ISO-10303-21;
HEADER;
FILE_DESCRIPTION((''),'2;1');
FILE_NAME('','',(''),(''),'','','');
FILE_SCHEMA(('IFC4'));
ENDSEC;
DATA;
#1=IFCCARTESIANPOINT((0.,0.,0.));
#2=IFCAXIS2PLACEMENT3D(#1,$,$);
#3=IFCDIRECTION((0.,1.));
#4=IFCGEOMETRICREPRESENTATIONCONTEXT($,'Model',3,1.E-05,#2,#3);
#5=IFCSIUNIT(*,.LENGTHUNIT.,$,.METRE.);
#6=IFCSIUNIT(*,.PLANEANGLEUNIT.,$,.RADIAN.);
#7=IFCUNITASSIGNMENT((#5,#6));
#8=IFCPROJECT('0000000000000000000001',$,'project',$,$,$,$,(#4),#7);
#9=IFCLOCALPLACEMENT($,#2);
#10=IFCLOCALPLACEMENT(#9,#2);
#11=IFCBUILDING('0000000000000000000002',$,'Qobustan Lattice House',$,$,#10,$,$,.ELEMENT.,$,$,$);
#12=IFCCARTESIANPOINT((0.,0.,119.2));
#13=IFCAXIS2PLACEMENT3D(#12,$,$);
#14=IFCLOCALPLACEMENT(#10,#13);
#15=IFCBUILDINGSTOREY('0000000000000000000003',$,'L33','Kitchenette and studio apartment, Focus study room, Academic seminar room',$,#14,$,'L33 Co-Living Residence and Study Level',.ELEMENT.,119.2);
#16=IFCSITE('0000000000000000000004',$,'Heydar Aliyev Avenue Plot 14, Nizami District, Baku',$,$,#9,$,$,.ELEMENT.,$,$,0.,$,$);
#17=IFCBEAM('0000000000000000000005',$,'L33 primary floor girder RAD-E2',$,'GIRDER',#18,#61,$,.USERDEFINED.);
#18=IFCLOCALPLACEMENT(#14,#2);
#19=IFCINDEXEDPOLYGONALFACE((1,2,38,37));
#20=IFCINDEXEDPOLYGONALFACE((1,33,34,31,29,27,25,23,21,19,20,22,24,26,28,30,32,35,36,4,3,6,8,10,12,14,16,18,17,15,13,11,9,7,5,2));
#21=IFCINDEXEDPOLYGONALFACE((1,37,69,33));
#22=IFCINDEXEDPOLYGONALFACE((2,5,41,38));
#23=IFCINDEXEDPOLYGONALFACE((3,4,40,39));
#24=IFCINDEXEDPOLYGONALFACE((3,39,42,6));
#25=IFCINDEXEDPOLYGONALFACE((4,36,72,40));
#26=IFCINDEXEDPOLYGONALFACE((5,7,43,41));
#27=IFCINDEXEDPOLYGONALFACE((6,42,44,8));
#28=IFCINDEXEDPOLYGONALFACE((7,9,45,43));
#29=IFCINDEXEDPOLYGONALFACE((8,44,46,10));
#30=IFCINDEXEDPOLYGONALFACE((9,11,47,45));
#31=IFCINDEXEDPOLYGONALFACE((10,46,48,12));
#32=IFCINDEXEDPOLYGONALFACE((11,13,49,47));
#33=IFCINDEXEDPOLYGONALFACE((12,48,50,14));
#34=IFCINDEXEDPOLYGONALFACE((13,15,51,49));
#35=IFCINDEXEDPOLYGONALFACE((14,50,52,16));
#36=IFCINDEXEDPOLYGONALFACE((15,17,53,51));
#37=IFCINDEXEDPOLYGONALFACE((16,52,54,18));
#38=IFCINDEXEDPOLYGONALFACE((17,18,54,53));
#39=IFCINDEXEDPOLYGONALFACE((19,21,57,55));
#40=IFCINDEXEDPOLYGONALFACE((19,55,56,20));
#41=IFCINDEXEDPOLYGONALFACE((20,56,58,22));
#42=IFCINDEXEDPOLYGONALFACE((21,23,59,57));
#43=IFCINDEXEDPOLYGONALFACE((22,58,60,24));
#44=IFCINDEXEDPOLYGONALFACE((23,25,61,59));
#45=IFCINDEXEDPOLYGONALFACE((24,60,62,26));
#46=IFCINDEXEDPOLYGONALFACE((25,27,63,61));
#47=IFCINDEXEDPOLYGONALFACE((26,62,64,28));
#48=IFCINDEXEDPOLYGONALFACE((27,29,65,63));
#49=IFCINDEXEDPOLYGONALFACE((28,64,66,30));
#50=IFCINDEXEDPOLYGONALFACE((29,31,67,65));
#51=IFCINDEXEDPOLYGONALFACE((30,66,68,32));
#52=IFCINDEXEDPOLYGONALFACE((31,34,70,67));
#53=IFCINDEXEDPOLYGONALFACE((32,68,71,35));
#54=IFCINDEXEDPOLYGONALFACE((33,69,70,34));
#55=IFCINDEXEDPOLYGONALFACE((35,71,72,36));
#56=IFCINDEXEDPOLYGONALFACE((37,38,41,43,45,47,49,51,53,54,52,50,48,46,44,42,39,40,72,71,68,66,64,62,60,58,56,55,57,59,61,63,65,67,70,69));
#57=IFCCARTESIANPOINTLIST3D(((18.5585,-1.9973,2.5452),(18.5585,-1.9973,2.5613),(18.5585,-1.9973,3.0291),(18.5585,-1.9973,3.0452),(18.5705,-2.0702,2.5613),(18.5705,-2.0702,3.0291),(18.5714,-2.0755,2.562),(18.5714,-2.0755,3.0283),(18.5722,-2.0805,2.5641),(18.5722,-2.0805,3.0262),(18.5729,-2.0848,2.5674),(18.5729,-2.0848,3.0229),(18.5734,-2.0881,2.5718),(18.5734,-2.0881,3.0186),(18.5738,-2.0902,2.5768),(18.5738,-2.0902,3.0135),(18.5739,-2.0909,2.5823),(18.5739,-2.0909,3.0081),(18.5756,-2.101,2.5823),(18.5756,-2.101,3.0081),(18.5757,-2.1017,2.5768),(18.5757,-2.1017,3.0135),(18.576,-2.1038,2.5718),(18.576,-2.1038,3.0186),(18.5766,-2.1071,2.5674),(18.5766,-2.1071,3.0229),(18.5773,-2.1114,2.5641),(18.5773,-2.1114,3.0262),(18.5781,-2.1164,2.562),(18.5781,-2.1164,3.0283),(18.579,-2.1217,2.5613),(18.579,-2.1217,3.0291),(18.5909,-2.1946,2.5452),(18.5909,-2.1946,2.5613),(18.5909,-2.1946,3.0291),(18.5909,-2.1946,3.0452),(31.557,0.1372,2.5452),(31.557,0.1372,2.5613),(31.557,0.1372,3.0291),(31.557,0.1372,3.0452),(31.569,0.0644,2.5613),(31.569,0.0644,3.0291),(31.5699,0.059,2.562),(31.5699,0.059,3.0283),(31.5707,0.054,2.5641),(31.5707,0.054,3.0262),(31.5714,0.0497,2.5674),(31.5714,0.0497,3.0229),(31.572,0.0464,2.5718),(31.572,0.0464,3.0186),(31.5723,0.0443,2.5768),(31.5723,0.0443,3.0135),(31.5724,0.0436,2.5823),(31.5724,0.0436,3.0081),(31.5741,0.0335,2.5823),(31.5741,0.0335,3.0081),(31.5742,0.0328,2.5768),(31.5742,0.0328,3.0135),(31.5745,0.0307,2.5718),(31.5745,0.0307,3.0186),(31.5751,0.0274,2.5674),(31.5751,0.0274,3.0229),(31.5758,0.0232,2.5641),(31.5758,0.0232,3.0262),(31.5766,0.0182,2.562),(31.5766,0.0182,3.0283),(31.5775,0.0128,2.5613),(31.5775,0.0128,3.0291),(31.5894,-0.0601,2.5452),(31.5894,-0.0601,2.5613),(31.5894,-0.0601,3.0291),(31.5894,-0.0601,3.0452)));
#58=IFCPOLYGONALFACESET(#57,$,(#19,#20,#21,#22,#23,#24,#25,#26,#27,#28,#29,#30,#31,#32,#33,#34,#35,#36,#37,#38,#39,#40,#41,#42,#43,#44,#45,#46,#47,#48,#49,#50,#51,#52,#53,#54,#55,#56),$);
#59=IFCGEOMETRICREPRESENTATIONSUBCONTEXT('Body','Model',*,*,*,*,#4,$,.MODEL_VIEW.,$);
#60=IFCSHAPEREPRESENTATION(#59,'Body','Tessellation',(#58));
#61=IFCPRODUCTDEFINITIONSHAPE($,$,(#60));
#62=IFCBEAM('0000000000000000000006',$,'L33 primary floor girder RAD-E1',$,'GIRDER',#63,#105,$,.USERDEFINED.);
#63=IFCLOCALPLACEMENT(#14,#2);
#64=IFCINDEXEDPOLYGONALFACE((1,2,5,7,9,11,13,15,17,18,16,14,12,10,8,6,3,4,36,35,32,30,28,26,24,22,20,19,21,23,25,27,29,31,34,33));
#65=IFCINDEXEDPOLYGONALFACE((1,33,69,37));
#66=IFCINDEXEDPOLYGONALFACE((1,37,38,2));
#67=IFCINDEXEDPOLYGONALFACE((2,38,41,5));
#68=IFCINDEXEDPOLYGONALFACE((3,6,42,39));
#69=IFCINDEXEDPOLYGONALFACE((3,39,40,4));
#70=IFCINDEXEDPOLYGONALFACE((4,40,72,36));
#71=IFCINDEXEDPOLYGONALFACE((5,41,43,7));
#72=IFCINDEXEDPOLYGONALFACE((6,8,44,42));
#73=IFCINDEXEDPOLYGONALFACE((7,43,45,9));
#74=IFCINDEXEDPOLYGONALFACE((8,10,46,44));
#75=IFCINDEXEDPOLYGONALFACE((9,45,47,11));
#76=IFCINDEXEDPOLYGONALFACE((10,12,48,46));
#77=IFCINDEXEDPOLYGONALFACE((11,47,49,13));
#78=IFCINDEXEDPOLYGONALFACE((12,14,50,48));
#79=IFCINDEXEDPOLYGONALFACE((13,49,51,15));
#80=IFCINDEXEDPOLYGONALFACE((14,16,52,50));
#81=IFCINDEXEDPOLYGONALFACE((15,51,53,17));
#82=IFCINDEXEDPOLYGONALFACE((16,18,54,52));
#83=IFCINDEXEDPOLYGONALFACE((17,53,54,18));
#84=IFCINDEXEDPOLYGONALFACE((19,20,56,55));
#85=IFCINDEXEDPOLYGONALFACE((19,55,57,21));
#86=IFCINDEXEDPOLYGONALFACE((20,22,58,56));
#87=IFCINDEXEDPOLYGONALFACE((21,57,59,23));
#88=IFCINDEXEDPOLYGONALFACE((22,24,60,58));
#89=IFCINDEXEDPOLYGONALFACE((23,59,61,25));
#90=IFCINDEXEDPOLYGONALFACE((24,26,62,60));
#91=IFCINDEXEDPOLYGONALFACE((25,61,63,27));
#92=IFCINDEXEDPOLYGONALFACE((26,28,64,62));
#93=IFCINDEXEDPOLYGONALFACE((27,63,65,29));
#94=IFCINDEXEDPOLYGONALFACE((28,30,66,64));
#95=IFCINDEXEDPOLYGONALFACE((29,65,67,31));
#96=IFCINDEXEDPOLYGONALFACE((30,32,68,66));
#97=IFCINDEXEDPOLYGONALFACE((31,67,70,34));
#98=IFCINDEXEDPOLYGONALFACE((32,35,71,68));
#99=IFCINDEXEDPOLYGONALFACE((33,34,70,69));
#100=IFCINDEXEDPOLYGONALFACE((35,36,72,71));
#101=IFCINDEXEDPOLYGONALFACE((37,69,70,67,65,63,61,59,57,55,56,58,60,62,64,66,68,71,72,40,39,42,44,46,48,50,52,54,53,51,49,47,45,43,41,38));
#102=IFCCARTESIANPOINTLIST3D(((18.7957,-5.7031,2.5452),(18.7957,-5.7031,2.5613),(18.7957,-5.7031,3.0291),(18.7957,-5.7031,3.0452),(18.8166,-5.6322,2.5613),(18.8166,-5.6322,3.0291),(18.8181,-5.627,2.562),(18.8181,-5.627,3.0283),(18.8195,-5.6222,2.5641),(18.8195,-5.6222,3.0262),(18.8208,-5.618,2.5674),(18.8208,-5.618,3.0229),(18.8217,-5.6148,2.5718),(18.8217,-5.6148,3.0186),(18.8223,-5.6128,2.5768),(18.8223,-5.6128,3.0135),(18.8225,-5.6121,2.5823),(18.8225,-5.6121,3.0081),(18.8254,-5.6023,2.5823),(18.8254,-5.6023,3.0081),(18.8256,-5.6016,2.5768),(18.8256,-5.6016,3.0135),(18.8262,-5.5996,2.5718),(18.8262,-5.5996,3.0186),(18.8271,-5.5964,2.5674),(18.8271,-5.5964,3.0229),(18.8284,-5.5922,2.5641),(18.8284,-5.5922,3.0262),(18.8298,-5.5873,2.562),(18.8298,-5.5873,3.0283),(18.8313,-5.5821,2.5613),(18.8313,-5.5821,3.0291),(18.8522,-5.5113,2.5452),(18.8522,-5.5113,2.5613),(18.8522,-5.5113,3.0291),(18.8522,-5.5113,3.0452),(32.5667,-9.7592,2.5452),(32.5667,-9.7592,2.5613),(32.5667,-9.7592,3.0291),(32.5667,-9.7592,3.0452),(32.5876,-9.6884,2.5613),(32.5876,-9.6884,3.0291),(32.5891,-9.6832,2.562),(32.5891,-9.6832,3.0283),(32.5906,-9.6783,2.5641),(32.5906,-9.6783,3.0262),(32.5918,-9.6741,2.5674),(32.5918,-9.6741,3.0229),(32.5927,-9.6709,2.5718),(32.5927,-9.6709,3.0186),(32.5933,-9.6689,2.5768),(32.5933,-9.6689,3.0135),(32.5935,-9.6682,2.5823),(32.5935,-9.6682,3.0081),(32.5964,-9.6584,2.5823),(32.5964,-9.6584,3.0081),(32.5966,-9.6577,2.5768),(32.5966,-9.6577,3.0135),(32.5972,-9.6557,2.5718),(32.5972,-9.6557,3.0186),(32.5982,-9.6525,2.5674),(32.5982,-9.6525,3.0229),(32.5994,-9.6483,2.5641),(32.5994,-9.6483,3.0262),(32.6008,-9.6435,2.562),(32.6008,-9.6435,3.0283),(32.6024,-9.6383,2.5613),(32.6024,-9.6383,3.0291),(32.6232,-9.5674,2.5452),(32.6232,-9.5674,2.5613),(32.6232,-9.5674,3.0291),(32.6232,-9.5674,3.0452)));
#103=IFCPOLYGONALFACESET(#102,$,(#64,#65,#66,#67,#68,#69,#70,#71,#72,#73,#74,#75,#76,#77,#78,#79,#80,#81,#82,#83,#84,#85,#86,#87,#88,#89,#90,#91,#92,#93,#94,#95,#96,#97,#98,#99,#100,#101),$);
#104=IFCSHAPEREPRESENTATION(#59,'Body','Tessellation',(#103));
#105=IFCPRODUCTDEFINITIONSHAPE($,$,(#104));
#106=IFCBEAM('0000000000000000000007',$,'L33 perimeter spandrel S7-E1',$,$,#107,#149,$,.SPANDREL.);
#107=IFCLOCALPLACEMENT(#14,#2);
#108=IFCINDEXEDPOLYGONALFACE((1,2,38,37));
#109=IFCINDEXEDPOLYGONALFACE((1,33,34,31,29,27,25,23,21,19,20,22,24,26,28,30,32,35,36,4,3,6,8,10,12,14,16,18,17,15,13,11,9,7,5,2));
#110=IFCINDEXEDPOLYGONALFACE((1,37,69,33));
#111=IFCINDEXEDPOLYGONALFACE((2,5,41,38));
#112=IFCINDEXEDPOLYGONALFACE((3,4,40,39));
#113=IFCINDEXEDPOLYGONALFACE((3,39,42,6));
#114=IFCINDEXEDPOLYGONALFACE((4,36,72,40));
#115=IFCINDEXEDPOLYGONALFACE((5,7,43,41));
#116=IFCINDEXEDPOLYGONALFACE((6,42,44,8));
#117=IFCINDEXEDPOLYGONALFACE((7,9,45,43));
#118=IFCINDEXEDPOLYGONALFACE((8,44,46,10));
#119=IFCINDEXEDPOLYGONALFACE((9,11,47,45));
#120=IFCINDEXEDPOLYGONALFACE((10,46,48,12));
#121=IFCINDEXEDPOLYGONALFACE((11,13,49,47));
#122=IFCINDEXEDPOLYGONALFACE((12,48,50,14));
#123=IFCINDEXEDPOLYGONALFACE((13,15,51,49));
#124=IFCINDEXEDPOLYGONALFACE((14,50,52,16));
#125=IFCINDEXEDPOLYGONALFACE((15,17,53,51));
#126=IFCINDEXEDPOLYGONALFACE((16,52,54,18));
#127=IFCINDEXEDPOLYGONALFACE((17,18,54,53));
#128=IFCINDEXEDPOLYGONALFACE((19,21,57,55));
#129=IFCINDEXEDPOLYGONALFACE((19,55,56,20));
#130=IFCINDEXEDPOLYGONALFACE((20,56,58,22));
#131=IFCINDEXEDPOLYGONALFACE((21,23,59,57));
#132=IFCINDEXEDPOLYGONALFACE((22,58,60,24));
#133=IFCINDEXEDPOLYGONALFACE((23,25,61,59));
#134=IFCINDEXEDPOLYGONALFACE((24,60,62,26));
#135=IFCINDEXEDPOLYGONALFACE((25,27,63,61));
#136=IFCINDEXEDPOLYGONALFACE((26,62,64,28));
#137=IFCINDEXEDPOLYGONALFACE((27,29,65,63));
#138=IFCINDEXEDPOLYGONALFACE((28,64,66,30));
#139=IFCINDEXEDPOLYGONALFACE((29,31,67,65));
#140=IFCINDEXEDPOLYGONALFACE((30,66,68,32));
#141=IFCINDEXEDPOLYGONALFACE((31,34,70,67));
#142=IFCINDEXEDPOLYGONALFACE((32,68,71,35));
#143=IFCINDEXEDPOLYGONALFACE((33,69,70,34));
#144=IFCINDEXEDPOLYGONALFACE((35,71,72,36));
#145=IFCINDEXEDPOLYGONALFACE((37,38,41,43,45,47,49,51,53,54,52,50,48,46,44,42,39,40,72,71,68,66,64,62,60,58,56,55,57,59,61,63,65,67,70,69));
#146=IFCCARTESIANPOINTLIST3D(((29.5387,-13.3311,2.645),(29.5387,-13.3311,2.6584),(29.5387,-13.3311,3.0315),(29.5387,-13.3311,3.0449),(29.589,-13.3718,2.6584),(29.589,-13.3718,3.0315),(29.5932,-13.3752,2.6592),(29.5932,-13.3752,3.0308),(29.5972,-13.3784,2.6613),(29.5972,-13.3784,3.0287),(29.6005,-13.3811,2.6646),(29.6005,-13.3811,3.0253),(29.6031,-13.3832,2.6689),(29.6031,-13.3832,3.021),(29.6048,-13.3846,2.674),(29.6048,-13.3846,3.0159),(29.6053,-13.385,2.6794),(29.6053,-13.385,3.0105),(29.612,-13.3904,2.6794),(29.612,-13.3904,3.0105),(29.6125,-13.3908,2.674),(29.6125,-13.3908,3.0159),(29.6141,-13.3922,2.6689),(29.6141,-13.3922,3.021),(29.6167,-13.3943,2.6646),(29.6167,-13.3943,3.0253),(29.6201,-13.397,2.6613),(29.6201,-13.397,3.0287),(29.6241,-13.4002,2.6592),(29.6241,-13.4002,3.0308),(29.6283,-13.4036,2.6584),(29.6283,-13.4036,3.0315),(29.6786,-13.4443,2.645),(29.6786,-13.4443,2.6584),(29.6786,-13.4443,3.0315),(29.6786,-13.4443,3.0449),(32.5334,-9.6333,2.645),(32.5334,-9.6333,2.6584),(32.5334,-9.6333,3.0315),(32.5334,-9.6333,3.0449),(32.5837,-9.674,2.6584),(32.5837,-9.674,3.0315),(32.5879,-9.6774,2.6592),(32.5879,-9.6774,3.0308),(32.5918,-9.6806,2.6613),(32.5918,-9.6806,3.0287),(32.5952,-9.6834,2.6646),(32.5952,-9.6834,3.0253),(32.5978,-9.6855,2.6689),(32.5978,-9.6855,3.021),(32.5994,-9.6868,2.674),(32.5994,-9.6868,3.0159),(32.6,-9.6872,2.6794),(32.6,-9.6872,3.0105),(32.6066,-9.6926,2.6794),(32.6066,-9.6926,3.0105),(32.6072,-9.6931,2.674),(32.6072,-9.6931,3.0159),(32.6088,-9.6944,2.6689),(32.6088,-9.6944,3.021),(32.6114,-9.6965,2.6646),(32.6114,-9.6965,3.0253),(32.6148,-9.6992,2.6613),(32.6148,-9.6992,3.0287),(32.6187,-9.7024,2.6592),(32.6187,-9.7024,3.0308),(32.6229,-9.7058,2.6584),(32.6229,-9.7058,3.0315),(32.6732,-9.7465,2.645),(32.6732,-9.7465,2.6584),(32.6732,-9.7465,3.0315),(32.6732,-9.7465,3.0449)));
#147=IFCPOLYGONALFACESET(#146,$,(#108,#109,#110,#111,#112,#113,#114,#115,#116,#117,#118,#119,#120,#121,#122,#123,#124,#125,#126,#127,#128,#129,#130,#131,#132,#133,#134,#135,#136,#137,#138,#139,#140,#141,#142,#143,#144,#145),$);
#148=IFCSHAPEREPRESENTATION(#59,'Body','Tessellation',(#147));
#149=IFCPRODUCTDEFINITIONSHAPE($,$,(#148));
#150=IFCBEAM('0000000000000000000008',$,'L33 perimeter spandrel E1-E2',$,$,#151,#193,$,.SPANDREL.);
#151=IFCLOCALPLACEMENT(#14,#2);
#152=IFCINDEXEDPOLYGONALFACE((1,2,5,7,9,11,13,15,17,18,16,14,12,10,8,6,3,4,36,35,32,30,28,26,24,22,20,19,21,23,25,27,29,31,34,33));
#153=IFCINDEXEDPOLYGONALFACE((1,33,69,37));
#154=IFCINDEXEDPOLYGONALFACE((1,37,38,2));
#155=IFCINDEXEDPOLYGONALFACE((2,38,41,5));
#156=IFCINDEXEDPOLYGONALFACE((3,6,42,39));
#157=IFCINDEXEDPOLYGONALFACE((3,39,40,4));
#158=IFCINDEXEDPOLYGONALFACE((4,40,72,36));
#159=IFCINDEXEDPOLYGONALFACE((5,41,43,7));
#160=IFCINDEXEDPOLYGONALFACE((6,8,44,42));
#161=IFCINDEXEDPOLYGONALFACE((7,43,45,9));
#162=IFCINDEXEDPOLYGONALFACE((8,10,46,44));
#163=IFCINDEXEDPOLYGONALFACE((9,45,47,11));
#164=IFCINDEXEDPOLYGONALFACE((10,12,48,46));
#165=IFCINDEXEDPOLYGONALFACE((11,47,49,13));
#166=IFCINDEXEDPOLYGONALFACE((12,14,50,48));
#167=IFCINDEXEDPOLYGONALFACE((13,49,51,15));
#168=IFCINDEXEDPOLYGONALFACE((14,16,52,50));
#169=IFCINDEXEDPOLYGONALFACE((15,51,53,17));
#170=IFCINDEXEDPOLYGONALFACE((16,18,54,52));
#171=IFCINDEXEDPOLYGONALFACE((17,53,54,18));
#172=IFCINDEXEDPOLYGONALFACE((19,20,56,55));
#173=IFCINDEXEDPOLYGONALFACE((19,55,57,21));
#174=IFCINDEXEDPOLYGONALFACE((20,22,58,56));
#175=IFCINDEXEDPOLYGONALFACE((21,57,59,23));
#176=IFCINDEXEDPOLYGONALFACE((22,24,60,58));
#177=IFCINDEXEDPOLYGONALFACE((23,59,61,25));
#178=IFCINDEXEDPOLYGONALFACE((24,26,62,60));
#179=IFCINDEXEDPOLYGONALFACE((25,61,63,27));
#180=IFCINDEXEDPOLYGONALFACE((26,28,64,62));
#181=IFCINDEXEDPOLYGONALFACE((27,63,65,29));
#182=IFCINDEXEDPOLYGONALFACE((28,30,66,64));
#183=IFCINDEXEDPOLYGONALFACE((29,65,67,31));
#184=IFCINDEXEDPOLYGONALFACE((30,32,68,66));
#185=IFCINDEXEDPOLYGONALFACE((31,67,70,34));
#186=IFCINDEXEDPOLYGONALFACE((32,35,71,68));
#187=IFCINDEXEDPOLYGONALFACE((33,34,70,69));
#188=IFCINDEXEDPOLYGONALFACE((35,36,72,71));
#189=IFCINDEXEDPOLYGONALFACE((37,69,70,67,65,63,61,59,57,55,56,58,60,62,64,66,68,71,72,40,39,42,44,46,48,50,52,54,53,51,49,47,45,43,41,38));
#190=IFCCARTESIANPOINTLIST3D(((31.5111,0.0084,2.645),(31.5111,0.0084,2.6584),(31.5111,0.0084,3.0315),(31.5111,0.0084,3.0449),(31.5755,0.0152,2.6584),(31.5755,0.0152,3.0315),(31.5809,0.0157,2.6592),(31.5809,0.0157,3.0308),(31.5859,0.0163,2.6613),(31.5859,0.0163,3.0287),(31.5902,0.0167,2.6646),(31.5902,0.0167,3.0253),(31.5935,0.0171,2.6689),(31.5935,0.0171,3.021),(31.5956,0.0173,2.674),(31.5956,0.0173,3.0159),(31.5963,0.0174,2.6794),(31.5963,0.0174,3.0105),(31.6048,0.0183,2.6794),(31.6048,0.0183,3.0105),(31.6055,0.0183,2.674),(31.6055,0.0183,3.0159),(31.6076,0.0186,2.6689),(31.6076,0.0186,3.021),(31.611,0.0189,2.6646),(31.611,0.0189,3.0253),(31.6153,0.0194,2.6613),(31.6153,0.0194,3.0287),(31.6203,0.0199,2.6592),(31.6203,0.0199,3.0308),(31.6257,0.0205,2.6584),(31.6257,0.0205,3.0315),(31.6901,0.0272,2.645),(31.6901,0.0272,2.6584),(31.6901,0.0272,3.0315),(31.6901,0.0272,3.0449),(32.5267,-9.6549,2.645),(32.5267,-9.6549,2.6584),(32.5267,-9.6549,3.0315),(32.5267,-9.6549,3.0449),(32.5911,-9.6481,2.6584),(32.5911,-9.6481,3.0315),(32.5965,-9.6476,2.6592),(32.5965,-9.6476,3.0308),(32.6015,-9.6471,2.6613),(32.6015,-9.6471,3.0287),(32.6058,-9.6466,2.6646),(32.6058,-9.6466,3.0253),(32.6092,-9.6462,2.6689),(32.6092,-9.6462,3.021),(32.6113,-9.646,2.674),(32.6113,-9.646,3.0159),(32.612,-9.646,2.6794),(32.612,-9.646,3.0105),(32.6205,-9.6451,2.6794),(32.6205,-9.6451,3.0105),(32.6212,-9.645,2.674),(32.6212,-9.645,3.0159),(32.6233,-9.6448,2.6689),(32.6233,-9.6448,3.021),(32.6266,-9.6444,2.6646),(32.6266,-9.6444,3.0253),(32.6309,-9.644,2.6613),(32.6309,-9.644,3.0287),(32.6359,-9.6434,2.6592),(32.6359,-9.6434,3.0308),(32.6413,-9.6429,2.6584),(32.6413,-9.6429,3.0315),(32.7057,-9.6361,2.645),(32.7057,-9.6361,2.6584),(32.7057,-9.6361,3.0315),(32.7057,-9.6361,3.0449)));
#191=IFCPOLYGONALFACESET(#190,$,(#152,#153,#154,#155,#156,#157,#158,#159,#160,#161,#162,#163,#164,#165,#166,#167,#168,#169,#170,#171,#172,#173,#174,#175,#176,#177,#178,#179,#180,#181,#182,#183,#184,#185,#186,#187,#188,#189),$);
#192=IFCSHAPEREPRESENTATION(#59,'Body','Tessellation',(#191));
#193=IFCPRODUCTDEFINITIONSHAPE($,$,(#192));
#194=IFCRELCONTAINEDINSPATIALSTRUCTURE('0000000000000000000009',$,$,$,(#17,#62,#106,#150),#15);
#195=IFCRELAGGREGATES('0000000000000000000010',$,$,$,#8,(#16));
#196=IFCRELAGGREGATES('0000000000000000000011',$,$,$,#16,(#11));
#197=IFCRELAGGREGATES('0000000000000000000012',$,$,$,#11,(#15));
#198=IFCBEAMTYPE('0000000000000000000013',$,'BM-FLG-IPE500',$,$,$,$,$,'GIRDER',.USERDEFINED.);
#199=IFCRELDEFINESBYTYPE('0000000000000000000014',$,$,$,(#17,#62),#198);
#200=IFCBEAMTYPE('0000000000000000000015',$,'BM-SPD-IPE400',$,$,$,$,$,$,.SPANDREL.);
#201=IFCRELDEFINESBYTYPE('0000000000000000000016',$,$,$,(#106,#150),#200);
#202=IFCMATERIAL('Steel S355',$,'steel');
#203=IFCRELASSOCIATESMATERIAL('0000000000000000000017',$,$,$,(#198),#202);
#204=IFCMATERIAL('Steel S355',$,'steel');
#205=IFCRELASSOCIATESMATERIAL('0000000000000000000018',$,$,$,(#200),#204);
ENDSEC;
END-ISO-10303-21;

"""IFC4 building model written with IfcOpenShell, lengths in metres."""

from ifc_helpers import new_model, si_unit, direction, frame, origin, origin_2d, place, context, subcontext, project, spatial, i_section, extrude, material, material_profile, profile_set, type_object, element, save


model = new_model("IFC4")

# Units and contexts
model_context = context("Model", 3, precision=1e-05, world=origin(), true_north=direction((0.0, 1.0)))
body_context = subcontext(model_context, "Body", "Model", "MODEL_VIEW")
ifc_project = project(units=[si_unit("LENGTHUNIT", "METRE"), si_unit("PLANEANGLEUNIT", "RADIAN")], contexts=[model_context])

# Site, building, storey
site_placement = place(None, origin())
site = spatial("IfcSite", under=ifc_project, at=site_placement, Name="Heydar Aliyev Avenue Plot 14, Nizami District, Baku", CompositionType="ELEMENT", RefElevation=0.0)
building_placement = place(site_placement, origin())
building = spatial("IfcBuilding", under=site, at=building_placement, Name="Qobustan Lattice House", CompositionType="ELEMENT")
storey_placement = place(building_placement, frame((0.0, 0.0, 119.2)))
storey = spatial("IfcBuildingStorey", under=building, at=storey_placement, Name="L33", Description="Kitchenette and studio apartment, Focus study room, Academic seminar room", LongName="L33 Co-Living Residence and Study Level", CompositionType="ELEMENT", Elevation=119.2)

# Beams
ifc_material_1 = material(Name="Steel S355", Category="steel")
ifc_material_profile_1 = material_profile(ifc_material_1, i_section(OverallWidth=0.2, OverallDepth=0.5, WebThickness=0.0103, FlangeThickness=0.0161, FilletRadius=0.021, at=origin_2d()), Name="IPE500")
ifc_profile_set_1 = profile_set([ifc_material_profile_1], Name="Steel S355")
beam_type_1 = type_object("IfcBeamType", Name="BM-FLG-IPE500", ElementType="GIRDER", PredefinedType="USERDEFINED", material=ifc_profile_set_1)
beam_1_placement = place(storey_placement, frame((31.5732, 0.0386, 2.7952), z_axis=(-0.986784, -0.162042, 0.0), x_axis=(0.162042, -0.986784, 0.0)))
element("IfcBeam", 1, at=beam_1_placement, inside=storey, type_object=beam_type_1, Name="L33 primary floor girder RAD-E2", ObjectType="GIRDER", PredefinedType="USERDEFINED", context=body_context, shape_type="SweptSolid", body=[
    extrude(i_section(OverallWidth=0.2, OverallDepth=0.5, WebThickness=0.0103, FlangeThickness=0.0161, FilletRadius=0.021, at=origin_2d()), origin(), (0.0, 0.0, 1.0), 13.1726),
])
beam_2_placement = place(storey_placement, frame((32.595, -9.6633, 2.7952), z_axis=(-0.959255, 0.282542, 0.0), x_axis=(-0.282542, -0.959255, 0.0)))
element("IfcBeam", 2, at=beam_2_placement, inside=storey, type_object=beam_type_1, Name="L33 primary floor girder RAD-E1", ObjectType="GIRDER", PredefinedType="USERDEFINED", context=body_context, shape_type="SweptSolid", body=[
    extrude(i_section(OverallWidth=0.2, OverallDepth=0.5, WebThickness=0.0103, FlangeThickness=0.0161, FilletRadius=0.021, at=origin_2d()), origin(), (0.0, 0.0, 1.0), 14.356),
])
ifc_material_2 = material(Name="Steel S355", Category="steel")
ifc_material_profile_2 = material_profile(ifc_material_2, i_section(OverallWidth=0.1799, OverallDepth=0.3999, WebThickness=0.0085, FlangeThickness=0.0134, FilletRadius=0.021, at=origin_2d()), Name="IPE400")
ifc_profile_set_2 = profile_set([ifc_material_profile_2], Name="Steel S355")
beam_type_2 = type_object("IfcBeamType", Name="BM-SPD-IPE400", PredefinedType="SPANDREL", material=ifc_profile_set_2)
beam_3_placement = place(storey_placement, frame((29.6086, -13.3877, 2.845), z_axis=(0.629352, 0.777121, 0.0), x_axis=(-0.777121, 0.629352, 0.0)))
element("IfcBeam", 3, at=beam_3_placement, inside=storey, type_object=beam_type_2, Name="L33 perimeter spandrel S7-E1", PredefinedType="SPANDREL", context=body_context, shape_type="SweptSolid", body=[
    extrude(i_section(OverallWidth=0.1799, OverallDepth=0.3999, WebThickness=0.0085, FlangeThickness=0.0134, FilletRadius=0.021, at=origin_2d()), origin(), (0.0, 0.0, 1.0), 4.7583),
])
for number, where, z_axis, x_axis, name in (
    (4, (32.6162, -9.6455, 2.845), (-0.104525, 0.994522, 0.0), (-0.994522, -0.104525, 0.0), "L33 perimeter spandrel E1-E2"),
):
    element("IfcBeam", number, at=place(storey_placement, frame(where, z_axis=z_axis, x_axis=x_axis)), inside=storey, type_object=beam_type_2, Name=name, PredefinedType="SPANDREL", context=body_context, shape_type="SweptSolid", body=[
        extrude(i_section(OverallWidth=0.1799, OverallDepth=0.3999, WebThickness=0.0085, FlangeThickness=0.0134, FilletRadius=0.021, at=origin_2d()), origin(), (0.0, 0.0, 1.0), 9.7166),
    ])

save(model, "model.ifc")
